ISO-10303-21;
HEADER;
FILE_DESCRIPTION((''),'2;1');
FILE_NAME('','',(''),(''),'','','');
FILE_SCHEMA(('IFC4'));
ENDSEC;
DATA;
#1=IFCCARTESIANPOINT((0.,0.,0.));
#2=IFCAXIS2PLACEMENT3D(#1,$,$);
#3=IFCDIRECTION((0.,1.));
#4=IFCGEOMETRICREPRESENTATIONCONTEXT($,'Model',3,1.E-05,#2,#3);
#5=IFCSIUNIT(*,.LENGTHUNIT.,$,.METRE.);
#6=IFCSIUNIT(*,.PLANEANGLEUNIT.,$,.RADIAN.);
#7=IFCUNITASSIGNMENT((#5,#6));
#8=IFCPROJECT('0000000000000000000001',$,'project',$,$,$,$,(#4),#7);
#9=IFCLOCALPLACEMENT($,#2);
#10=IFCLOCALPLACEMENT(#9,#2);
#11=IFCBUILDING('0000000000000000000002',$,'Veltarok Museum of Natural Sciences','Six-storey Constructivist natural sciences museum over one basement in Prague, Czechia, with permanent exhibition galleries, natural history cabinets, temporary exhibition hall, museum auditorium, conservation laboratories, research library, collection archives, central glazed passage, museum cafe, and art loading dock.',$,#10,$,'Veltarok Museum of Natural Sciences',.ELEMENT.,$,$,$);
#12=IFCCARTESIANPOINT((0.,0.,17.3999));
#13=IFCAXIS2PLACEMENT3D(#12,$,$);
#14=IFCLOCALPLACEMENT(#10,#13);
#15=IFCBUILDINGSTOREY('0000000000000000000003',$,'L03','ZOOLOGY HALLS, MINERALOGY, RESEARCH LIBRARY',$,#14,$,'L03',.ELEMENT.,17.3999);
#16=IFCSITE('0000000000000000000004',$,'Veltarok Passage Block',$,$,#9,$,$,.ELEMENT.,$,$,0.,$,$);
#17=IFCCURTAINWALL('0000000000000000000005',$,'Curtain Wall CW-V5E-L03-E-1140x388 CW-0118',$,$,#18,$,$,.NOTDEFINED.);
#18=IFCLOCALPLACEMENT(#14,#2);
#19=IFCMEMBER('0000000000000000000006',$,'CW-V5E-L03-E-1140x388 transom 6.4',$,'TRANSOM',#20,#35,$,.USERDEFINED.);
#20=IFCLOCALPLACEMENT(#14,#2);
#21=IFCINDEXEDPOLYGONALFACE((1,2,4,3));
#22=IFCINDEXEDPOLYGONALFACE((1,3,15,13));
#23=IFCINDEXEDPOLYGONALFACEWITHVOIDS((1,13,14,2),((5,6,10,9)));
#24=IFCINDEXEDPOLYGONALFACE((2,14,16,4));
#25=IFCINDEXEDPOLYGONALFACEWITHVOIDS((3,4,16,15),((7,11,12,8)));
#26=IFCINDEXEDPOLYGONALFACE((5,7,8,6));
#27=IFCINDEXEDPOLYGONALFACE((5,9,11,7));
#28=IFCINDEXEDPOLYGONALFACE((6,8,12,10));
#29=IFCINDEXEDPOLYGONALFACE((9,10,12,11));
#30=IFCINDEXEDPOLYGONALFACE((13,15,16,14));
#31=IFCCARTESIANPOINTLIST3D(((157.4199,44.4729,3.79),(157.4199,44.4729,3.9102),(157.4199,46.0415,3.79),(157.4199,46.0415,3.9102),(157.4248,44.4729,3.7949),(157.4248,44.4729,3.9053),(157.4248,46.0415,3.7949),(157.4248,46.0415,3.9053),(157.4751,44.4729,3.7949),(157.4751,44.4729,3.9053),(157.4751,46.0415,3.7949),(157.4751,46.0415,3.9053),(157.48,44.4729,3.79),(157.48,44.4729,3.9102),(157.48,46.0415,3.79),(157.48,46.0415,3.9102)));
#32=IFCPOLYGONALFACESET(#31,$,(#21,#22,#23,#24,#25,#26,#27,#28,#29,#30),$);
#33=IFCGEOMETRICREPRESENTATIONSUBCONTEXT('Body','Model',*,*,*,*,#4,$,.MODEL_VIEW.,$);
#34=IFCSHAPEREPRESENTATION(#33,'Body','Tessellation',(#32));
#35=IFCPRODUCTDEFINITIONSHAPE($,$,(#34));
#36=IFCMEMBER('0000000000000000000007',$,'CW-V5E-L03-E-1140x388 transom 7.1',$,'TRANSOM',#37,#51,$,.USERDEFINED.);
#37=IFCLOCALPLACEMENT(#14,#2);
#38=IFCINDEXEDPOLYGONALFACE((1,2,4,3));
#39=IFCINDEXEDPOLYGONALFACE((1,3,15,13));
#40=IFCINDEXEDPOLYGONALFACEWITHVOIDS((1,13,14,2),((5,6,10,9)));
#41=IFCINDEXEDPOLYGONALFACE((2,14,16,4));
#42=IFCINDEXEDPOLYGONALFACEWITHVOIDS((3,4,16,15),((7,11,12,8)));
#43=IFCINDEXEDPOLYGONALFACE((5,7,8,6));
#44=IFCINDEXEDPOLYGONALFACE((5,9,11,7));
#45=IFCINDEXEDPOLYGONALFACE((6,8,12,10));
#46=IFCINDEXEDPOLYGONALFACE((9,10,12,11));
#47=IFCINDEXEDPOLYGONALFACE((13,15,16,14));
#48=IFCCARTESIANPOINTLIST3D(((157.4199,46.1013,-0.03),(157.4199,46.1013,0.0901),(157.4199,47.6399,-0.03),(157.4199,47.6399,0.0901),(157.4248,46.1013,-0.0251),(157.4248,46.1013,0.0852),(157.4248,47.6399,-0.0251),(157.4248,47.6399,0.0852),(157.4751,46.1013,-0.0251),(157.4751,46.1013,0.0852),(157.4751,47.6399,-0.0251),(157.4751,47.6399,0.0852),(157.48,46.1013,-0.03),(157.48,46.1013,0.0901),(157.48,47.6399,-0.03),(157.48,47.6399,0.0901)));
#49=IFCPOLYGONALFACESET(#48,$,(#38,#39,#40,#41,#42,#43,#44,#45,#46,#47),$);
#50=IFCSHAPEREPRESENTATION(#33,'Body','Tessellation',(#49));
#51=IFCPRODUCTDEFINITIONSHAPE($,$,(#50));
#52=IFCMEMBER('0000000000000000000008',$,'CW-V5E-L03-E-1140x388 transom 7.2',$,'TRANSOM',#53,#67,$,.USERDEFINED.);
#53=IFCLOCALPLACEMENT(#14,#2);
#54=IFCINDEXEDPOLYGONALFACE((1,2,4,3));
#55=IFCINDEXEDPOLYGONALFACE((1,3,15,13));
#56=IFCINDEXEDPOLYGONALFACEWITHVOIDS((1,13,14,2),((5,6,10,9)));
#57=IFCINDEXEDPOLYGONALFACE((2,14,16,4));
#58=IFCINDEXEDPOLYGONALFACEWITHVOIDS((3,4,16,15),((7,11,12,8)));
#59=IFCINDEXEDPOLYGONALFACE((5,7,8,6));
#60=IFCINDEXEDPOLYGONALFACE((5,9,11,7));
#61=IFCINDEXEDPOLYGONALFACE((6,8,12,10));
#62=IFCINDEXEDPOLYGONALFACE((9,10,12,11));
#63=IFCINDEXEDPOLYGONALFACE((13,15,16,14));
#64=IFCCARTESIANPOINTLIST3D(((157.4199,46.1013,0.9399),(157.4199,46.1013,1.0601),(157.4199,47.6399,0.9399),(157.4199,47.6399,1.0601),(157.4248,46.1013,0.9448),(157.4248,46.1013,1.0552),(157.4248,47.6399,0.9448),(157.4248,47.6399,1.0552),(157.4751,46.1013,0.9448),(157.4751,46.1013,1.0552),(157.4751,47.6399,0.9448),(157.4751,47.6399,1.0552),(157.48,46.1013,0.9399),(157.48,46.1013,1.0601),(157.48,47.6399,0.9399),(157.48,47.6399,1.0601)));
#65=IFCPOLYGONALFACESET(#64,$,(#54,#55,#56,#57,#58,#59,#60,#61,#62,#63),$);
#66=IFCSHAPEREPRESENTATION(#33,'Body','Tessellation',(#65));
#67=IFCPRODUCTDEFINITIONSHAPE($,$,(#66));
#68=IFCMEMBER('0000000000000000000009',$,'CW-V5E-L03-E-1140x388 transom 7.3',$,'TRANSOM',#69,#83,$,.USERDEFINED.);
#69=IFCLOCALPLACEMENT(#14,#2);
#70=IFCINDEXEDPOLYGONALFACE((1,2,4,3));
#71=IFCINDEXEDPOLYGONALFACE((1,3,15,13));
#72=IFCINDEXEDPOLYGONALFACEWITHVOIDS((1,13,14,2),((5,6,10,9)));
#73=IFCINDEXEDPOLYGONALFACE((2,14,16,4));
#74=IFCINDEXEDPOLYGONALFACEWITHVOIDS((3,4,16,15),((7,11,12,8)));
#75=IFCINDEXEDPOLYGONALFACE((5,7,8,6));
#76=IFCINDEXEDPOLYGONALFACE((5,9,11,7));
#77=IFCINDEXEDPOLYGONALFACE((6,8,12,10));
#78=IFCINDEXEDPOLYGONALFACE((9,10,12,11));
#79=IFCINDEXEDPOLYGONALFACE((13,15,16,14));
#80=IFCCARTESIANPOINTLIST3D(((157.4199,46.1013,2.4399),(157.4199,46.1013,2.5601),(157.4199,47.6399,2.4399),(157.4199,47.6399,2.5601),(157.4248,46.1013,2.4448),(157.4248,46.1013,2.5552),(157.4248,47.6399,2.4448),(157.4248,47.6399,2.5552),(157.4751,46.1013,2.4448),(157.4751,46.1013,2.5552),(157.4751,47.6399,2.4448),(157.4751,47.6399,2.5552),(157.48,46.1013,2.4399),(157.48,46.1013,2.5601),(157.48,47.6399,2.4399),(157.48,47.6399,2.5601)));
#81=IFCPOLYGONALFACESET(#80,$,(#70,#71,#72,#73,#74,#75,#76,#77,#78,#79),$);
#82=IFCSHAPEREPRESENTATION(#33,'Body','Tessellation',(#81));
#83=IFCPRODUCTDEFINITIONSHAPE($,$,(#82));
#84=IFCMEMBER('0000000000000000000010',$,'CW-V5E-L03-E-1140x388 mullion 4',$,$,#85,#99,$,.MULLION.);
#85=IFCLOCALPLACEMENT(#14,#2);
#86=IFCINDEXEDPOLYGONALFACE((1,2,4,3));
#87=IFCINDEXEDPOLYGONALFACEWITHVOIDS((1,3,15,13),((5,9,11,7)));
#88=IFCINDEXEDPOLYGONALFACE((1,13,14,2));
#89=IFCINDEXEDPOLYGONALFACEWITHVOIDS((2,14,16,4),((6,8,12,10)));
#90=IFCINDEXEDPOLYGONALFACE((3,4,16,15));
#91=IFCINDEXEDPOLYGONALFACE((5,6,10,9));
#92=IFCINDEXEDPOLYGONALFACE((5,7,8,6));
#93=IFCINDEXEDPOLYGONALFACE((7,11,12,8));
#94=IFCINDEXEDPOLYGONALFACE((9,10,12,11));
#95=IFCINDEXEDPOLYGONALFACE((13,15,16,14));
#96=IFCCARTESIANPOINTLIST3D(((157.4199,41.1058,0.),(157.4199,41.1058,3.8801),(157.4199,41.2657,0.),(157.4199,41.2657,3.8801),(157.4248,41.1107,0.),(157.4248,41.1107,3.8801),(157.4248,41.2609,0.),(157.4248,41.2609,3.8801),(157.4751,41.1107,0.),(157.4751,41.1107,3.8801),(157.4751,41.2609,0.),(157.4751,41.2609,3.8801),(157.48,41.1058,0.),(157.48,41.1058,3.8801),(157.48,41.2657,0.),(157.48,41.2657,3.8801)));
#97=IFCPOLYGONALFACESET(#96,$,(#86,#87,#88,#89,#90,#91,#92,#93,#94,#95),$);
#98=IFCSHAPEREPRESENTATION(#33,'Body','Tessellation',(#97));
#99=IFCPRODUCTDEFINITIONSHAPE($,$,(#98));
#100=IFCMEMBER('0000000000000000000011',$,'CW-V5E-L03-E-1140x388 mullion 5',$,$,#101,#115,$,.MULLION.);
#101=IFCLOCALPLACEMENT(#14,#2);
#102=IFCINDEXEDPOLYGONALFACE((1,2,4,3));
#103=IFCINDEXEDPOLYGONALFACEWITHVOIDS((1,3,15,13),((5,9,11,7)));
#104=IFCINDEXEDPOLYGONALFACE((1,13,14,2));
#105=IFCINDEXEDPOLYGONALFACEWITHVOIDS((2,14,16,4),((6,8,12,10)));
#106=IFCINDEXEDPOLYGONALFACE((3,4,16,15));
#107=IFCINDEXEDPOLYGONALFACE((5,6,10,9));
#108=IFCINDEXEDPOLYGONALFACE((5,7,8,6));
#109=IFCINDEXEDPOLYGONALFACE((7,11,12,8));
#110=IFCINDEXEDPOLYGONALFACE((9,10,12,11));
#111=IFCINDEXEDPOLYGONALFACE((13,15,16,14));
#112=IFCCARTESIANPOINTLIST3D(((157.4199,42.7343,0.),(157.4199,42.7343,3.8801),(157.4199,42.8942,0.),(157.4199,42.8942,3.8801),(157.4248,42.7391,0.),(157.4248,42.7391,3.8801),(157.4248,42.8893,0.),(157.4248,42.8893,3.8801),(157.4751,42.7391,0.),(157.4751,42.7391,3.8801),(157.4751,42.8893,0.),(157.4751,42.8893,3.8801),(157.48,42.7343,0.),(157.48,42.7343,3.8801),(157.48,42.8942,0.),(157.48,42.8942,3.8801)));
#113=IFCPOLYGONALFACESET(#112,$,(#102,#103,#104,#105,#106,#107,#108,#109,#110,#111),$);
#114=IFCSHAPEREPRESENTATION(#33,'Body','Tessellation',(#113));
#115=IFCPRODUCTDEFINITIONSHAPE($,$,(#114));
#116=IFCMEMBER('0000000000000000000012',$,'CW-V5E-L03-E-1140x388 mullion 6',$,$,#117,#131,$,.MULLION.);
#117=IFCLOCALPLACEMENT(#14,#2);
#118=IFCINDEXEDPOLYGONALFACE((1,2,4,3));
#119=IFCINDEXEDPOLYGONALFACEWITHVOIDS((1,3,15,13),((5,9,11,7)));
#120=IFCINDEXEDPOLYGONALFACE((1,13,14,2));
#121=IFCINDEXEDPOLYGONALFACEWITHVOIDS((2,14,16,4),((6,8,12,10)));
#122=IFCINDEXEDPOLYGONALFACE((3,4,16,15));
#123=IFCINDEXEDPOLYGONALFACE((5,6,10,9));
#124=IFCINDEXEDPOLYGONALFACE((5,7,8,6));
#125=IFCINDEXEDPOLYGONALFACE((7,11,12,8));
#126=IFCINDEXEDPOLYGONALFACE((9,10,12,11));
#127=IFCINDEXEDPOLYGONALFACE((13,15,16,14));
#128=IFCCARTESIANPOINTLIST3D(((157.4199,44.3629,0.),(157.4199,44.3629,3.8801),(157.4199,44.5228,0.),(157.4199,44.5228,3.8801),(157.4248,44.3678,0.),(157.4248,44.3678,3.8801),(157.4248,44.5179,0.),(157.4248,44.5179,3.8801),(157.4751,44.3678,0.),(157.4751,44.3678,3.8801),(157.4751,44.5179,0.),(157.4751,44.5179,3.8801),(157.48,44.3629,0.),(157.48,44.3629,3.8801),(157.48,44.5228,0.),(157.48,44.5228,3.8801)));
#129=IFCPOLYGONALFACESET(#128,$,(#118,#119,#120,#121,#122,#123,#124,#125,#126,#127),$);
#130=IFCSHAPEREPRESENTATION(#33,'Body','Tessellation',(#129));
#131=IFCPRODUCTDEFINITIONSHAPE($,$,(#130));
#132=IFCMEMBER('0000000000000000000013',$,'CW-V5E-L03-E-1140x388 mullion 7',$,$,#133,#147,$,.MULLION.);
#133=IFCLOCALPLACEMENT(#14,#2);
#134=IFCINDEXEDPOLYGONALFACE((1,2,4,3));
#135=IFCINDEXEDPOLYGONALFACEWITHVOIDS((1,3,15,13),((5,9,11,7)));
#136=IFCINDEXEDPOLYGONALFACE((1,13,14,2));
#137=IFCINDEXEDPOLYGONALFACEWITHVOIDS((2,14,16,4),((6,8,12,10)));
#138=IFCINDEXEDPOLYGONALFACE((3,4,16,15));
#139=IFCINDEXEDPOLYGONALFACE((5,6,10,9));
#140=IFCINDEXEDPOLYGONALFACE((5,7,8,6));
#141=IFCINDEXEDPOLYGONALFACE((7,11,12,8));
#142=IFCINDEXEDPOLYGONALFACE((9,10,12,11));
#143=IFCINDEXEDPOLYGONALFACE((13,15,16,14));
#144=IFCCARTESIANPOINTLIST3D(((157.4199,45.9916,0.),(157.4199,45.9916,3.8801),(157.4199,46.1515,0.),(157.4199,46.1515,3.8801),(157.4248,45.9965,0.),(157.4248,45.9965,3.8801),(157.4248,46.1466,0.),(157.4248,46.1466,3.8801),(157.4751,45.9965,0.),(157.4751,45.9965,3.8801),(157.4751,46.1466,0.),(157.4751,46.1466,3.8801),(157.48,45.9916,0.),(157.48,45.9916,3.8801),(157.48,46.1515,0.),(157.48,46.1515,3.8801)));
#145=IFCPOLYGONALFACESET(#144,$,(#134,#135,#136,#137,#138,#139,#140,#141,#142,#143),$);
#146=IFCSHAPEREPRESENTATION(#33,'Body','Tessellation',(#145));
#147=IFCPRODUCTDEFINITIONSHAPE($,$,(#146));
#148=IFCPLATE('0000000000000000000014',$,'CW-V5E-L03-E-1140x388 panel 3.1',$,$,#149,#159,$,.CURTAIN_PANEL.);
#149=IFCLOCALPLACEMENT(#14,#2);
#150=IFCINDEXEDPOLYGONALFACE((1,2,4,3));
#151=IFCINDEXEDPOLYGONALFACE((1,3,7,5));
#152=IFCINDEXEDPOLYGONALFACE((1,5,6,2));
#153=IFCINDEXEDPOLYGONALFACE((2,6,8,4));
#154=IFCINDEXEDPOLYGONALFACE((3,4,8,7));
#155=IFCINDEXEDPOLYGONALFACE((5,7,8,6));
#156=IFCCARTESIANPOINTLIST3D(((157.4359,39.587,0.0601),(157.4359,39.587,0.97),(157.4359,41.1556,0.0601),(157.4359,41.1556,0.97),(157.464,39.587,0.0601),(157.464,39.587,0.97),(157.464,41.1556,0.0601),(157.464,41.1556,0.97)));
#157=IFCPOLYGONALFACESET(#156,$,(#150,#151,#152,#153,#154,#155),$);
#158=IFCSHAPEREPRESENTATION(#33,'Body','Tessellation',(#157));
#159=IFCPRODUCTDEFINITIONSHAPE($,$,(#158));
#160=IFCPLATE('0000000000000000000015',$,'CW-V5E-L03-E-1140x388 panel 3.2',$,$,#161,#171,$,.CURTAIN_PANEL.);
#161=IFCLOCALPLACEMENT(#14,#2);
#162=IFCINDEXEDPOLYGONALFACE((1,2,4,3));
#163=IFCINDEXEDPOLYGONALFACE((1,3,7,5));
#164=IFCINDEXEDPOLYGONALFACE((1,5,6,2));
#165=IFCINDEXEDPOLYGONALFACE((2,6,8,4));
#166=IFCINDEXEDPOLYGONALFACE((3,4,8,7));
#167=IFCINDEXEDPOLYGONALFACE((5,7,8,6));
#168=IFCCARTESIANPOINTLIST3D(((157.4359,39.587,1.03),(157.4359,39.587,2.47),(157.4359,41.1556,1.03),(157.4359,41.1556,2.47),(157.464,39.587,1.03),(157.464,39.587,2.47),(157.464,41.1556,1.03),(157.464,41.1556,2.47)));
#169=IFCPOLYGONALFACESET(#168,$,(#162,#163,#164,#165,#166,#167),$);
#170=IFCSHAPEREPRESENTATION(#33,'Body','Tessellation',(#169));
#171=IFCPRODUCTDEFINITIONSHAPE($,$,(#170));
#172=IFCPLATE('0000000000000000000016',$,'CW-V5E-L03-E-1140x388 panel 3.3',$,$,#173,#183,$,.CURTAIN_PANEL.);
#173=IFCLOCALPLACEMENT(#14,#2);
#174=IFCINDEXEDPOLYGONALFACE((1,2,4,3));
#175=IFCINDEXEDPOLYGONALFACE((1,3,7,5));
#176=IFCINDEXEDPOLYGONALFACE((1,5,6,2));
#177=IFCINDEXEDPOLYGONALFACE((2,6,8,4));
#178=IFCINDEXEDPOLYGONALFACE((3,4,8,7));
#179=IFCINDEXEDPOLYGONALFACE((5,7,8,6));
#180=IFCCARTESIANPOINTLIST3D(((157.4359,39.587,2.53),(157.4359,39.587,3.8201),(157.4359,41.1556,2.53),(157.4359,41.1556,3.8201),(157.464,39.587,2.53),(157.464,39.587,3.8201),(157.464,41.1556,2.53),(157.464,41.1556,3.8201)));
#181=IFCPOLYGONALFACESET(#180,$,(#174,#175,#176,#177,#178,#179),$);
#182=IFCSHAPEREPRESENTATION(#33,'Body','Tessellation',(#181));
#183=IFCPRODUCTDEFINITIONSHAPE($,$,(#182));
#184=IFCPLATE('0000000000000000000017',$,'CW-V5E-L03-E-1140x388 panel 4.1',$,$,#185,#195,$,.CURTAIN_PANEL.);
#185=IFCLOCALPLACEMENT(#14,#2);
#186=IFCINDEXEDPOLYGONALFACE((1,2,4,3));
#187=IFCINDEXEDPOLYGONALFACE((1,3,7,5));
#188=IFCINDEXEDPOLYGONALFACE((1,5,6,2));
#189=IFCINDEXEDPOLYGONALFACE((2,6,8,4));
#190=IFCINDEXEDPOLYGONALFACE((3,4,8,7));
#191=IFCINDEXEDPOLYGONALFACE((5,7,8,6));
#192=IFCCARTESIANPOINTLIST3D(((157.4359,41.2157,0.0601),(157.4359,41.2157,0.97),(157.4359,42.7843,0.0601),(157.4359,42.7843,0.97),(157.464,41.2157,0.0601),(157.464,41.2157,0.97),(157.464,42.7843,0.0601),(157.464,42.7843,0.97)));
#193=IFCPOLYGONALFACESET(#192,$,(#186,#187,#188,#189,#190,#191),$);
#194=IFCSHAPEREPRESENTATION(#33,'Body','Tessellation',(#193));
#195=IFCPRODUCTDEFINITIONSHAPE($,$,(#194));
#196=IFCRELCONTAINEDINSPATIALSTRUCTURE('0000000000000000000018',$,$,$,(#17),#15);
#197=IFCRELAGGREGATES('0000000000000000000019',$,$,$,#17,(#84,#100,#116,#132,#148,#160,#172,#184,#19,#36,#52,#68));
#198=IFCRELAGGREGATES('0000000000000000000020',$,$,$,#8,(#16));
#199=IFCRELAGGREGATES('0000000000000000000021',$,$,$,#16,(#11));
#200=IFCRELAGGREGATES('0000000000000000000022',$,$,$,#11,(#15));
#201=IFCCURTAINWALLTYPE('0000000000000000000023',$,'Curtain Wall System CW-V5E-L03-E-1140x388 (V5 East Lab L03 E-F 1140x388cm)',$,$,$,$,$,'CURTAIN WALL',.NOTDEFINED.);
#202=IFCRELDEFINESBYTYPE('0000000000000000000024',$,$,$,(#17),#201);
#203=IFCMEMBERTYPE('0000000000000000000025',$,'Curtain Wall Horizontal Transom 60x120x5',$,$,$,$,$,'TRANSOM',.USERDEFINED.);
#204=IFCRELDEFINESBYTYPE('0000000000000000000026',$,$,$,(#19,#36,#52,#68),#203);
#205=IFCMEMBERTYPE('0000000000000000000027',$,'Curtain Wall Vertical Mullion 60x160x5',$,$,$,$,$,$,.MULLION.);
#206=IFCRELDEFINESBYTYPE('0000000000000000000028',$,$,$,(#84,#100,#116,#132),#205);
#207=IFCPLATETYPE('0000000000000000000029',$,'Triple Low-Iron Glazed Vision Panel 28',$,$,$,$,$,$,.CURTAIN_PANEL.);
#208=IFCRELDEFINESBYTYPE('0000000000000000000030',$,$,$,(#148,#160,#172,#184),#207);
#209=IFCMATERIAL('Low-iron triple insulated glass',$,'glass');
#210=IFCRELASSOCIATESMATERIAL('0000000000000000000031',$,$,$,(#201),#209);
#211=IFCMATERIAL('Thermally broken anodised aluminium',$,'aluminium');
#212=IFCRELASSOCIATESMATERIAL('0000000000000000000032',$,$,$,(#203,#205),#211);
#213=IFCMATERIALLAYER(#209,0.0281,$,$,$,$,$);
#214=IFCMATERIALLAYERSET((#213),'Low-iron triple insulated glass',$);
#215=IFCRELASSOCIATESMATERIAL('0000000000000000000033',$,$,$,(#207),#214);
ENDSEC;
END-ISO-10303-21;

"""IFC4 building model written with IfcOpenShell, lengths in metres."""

from ifc_helpers import new_model, si_unit, direction, frame, origin, origin_2d, place, context, subcontext, project, spatial, rectangle, hollow_rectangle, extrude, material, layer, layer_set, material_profile, profile_set, type_object, element, aggregate, save


model = new_model("IFC4")

# Units and contexts
model_context = context("Model", 3, precision=1e-05, world=origin(), true_north=direction((0.0, 1.0)))
body_context = subcontext(model_context, "Body", "Model", "MODEL_VIEW")
ifc_project = project(units=[si_unit("LENGTHUNIT", "METRE"), si_unit("PLANEANGLEUNIT", "RADIAN")], contexts=[model_context])

# Site, building, storey
site_placement = place(None, origin())
site = spatial("IfcSite", under=ifc_project, at=site_placement, Name="Veltarok Passage Block", CompositionType="ELEMENT", RefElevation=0.0)
building_placement = place(site_placement, origin())
building = spatial("IfcBuilding", under=site, at=building_placement, Name="Veltarok Museum of Natural Sciences", Description="Six-storey Constructivist natural sciences museum over one basement in Prague, Czechia, with permanent exhibition galleries, natural history cabinets, temporary exhibition hall, museum auditorium, conservation laboratories, research library, collection archives, central glazed passage, museum cafe, and art loading dock.", LongName="Veltarok Museum of Natural Sciences", CompositionType="ELEMENT")
storey_placement = place(building_placement, frame((0.0, 0.0, 17.3999)))
storey = spatial("IfcBuildingStorey", under=building, at=storey_placement, Name="L03", Description="ZOOLOGY HALLS, MINERALOGY, RESEARCH LIBRARY", LongName="L03", CompositionType="ELEMENT", Elevation=17.3999)

# Curtain wall, members, plates
ifc_material_1 = material(Name="Low-iron triple insulated glass", Category="glass")
curtain_wall_type = type_object("IfcCurtainWallType", Name="Curtain Wall System CW-V5E-L03-E-1140x388 (V5 East Lab L03 E-F 1140x388cm)", ElementType="CURTAIN WALL", PredefinedType="NOTDEFINED", material=ifc_material_1)
curtain_wall_placement = place(storey_placement, origin())
curtain_wall = element("IfcCurtainWall", 1, at=curtain_wall_placement, inside=storey, type_object=curtain_wall_type, Name="Curtain Wall CW-V5E-L03-E-1140x388 CW-0118", PredefinedType="NOTDEFINED")
ifc_material_2 = material(Name="Thermally broken anodised aluminium", Category="aluminium")
ifc_material_profile_1 = material_profile(ifc_material_2, hollow_rectangle(XDim=0.0601, YDim=0.1201, WallThickness=0.0049, at=origin_2d()), Name="CW TRANSOM 60x120x5")
ifc_profile_set_1 = profile_set([ifc_material_profile_1], Name="Thermally broken anodised aluminium")
member_type_1 = type_object("IfcMemberType", Name="Curtain Wall Horizontal Transom 60x120x5", ElementType="TRANSOM", PredefinedType="USERDEFINED", material=ifc_profile_set_1)
member_1_placement = place(storey_placement, frame((157.45, 44.4729, 3.8501), z_axis=(0.0, 1.0, 0.0), x_axis=(-1.0, 0.0, 0.0)))
member_1 = element("IfcMember", 2, at=member_1_placement, type_object=member_type_1, Name="CW-V5E-L03-E-1140x388 transom 6.4", ObjectType="TRANSOM", PredefinedType="USERDEFINED", context=body_context, shape_type="SweptSolid", body=[
    extrude(hollow_rectangle(XDim=0.0601, YDim=0.1201, WallThickness=0.0049, at=origin_2d()), origin(), (0.0, 0.0, 1.0), 1.5686),
])
member_2_placement = place(storey_placement, frame((157.45, 46.1013, 0.03), z_axis=(0.0, 1.0, 0.0), x_axis=(-1.0, 0.0, 0.0)))
member_2 = element("IfcMember", 3, at=member_2_placement, type_object=member_type_1, Name="CW-V5E-L03-E-1140x388 transom 7.1", ObjectType="TRANSOM", PredefinedType="USERDEFINED", context=body_context, shape_type="SweptSolid", body=[
    extrude(hollow_rectangle(XDim=0.0601, YDim=0.1201, WallThickness=0.0049, at=origin_2d()), origin(), (0.0, 0.0, 1.0), 1.5386),
])
member_3_placement = place(storey_placement, frame((157.45, 46.1013, 1.0), z_axis=(0.0, 1.0, 0.0), x_axis=(-1.0, 0.0, 0.0)))
member_3 = element("IfcMember", 4, at=member_3_placement, type_object=member_type_1, Name="CW-V5E-L03-E-1140x388 transom 7.2", ObjectType="TRANSOM", PredefinedType="USERDEFINED", context=body_context, shape_type="SweptSolid", body=[
    extrude(hollow_rectangle(XDim=0.0601, YDim=0.1201, WallThickness=0.0049, at=origin_2d()), origin(), (0.0, 0.0, 1.0), 1.5386),
])
member_4_placement = place(storey_placement, frame((157.45, 46.1013, 2.5), z_axis=(0.0, 1.0, 0.0), x_axis=(-1.0, 0.0, 0.0)))
member_4 = element("IfcMember", 5, at=member_4_placement, type_object=member_type_1, Name="CW-V5E-L03-E-1140x388 transom 7.3", ObjectType="TRANSOM", PredefinedType="USERDEFINED", context=body_context, shape_type="SweptSolid", body=[
    extrude(hollow_rectangle(XDim=0.0601, YDim=0.1201, WallThickness=0.0049, at=origin_2d()), origin(), (0.0, 0.0, 1.0), 1.5386),
])
ifc_material_profile_2 = material_profile(ifc_material_2, hollow_rectangle(XDim=0.0601, YDim=0.1599, WallThickness=0.0049, at=origin_2d()), Name="CW MULLION 60x160x5")
ifc_profile_set_2 = profile_set([ifc_material_profile_2], Name="Thermally broken anodised aluminium")
member_type_2 = type_object("IfcMemberType", Name="Curtain Wall Vertical Mullion 60x160x5", PredefinedType="MULLION", material=ifc_profile_set_2)
member_5_placement = place(storey_placement, frame((157.45, 41.1858, 0.0), z_axis=(0.0, 0.0, 1.0), x_axis=(-1.0, 0.0, 0.0)))
member_5 = element("IfcMember", 6, at=member_5_placement, type_object=member_type_2, Name="CW-V5E-L03-E-1140x388 mullion 4", PredefinedType="MULLION", context=body_context, shape_type="SweptSolid", body=[
    extrude(hollow_rectangle(XDim=0.0601, YDim=0.1599, WallThickness=0.0049, at=origin_2d()), origin(), (0.0, 0.0, 1.0), 3.8801),
])
member_6_placement = place(storey_placement, frame((157.45, 42.8142, 0.0), z_axis=(0.0, 0.0, 1.0), x_axis=(-1.0, 0.0, 0.0)))
member_6 = element("IfcMember", 7, at=member_6_placement, type_object=member_type_2, Name="CW-V5E-L03-E-1140x388 mullion 5", PredefinedType="MULLION", context=body_context, shape_type="SweptSolid", body=[
    extrude(hollow_rectangle(XDim=0.0601, YDim=0.1599, WallThickness=0.0049, at=origin_2d()), origin(), (0.0, 0.0, 1.0), 3.8801),
])
member_7_placement = place(storey_placement, frame((157.45, 44.4429, 0.0), z_axis=(0.0, 0.0, 1.0), x_axis=(-1.0, 0.0, 0.0)))
member_7 = element("IfcMember", 8, at=member_7_placement, type_object=member_type_2, Name="CW-V5E-L03-E-1140x388 mullion 6", PredefinedType="MULLION", context=body_context, shape_type="SweptSolid", body=[
    extrude(hollow_rectangle(XDim=0.0601, YDim=0.1599, WallThickness=0.0049, at=origin_2d()), origin(), (0.0, 0.0, 1.0), 3.8801),
])
member_8_placement = place(storey_placement, frame((157.45, 46.0715, 0.0), z_axis=(0.0, 0.0, 1.0), x_axis=(-1.0, 0.0, 0.0)))
member_8 = element("IfcMember", 9, at=member_8_placement, type_object=member_type_2, Name="CW-V5E-L03-E-1140x388 mullion 7", PredefinedType="MULLION", context=body_context, shape_type="SweptSolid", body=[
    extrude(hollow_rectangle(XDim=0.0601, YDim=0.1599, WallThickness=0.0049, at=origin_2d()), origin(), (0.0, 0.0, 1.0), 3.8801),
])
ifc_layer = layer(ifc_material_1, 0.0281)
ifc_layer_set = layer_set([ifc_layer], Name="Low-iron triple insulated glass")
plate_type = type_object("IfcPlateType", Name="Triple Low-Iron Glazed Vision Panel 28", PredefinedType="CURTAIN_PANEL", material=ifc_layer_set)
plate_1_placement = place(storey_placement, frame((157.45, 40.3713, 0.0601), z_axis=(0.0, 0.0, 1.0), x_axis=(0.0, 1.0, 0.0)))
plate_1 = element("IfcPlate", 10, at=plate_1_placement, type_object=plate_type, Name="CW-V5E-L03-E-1140x388 panel 3.1", PredefinedType="CURTAIN_PANEL", context=body_context, shape_type="SweptSolid", body=[
    extrude(rectangle(XDim=1.5686, YDim=0.0281, at=origin_2d()), origin(), (0.0, 0.0, 1.0), 0.9099),
])
plate_2_placement = place(storey_placement, frame((157.45, 40.3713, 1.03), z_axis=(0.0, 0.0, 1.0), x_axis=(0.0, 1.0, 0.0)))
plate_2 = element("IfcPlate", 11, at=plate_2_placement, type_object=plate_type, Name="CW-V5E-L03-E-1140x388 panel 3.2", PredefinedType="CURTAIN_PANEL", context=body_context, shape_type="SweptSolid", body=[
    extrude(rectangle(XDim=1.5686, YDim=0.0281, at=origin_2d()), origin(), (0.0, 0.0, 1.0), 1.4399),
])
plate_3_placement = place(storey_placement, frame((157.45, 40.3713, 2.53), z_axis=(0.0, 0.0, 1.0), x_axis=(0.0, 1.0, 0.0)))
plate_3 = element("IfcPlate", 12, at=plate_3_placement, type_object=plate_type, Name="CW-V5E-L03-E-1140x388 panel 3.3", PredefinedType="CURTAIN_PANEL", context=body_context, shape_type="SweptSolid", body=[
    extrude(rectangle(XDim=1.5686, YDim=0.0281, at=origin_2d()), origin(), (0.0, 0.0, 1.0), 1.29),
])
plate_4_placement = place(storey_placement, frame((157.45, 42.0, 0.0601), z_axis=(0.0, 0.0, 1.0), x_axis=(0.0, 1.0, 0.0)))
plate_4 = element("IfcPlate", 13, at=plate_4_placement, type_object=plate_type, Name="CW-V5E-L03-E-1140x388 panel 4.1", PredefinedType="CURTAIN_PANEL", context=body_context, shape_type="SweptSolid", body=[
    extrude(rectangle(XDim=1.5686, YDim=0.0281, at=origin_2d()), origin(), (0.0, 0.0, 1.0), 0.9099),
])
aggregate(curtain_wall, [member_5, member_6, member_7, member_8, plate_1, plate_2, plate_3, plate_4, member_1, member_2, member_3, member_4])

save(model, "model.ifc")
